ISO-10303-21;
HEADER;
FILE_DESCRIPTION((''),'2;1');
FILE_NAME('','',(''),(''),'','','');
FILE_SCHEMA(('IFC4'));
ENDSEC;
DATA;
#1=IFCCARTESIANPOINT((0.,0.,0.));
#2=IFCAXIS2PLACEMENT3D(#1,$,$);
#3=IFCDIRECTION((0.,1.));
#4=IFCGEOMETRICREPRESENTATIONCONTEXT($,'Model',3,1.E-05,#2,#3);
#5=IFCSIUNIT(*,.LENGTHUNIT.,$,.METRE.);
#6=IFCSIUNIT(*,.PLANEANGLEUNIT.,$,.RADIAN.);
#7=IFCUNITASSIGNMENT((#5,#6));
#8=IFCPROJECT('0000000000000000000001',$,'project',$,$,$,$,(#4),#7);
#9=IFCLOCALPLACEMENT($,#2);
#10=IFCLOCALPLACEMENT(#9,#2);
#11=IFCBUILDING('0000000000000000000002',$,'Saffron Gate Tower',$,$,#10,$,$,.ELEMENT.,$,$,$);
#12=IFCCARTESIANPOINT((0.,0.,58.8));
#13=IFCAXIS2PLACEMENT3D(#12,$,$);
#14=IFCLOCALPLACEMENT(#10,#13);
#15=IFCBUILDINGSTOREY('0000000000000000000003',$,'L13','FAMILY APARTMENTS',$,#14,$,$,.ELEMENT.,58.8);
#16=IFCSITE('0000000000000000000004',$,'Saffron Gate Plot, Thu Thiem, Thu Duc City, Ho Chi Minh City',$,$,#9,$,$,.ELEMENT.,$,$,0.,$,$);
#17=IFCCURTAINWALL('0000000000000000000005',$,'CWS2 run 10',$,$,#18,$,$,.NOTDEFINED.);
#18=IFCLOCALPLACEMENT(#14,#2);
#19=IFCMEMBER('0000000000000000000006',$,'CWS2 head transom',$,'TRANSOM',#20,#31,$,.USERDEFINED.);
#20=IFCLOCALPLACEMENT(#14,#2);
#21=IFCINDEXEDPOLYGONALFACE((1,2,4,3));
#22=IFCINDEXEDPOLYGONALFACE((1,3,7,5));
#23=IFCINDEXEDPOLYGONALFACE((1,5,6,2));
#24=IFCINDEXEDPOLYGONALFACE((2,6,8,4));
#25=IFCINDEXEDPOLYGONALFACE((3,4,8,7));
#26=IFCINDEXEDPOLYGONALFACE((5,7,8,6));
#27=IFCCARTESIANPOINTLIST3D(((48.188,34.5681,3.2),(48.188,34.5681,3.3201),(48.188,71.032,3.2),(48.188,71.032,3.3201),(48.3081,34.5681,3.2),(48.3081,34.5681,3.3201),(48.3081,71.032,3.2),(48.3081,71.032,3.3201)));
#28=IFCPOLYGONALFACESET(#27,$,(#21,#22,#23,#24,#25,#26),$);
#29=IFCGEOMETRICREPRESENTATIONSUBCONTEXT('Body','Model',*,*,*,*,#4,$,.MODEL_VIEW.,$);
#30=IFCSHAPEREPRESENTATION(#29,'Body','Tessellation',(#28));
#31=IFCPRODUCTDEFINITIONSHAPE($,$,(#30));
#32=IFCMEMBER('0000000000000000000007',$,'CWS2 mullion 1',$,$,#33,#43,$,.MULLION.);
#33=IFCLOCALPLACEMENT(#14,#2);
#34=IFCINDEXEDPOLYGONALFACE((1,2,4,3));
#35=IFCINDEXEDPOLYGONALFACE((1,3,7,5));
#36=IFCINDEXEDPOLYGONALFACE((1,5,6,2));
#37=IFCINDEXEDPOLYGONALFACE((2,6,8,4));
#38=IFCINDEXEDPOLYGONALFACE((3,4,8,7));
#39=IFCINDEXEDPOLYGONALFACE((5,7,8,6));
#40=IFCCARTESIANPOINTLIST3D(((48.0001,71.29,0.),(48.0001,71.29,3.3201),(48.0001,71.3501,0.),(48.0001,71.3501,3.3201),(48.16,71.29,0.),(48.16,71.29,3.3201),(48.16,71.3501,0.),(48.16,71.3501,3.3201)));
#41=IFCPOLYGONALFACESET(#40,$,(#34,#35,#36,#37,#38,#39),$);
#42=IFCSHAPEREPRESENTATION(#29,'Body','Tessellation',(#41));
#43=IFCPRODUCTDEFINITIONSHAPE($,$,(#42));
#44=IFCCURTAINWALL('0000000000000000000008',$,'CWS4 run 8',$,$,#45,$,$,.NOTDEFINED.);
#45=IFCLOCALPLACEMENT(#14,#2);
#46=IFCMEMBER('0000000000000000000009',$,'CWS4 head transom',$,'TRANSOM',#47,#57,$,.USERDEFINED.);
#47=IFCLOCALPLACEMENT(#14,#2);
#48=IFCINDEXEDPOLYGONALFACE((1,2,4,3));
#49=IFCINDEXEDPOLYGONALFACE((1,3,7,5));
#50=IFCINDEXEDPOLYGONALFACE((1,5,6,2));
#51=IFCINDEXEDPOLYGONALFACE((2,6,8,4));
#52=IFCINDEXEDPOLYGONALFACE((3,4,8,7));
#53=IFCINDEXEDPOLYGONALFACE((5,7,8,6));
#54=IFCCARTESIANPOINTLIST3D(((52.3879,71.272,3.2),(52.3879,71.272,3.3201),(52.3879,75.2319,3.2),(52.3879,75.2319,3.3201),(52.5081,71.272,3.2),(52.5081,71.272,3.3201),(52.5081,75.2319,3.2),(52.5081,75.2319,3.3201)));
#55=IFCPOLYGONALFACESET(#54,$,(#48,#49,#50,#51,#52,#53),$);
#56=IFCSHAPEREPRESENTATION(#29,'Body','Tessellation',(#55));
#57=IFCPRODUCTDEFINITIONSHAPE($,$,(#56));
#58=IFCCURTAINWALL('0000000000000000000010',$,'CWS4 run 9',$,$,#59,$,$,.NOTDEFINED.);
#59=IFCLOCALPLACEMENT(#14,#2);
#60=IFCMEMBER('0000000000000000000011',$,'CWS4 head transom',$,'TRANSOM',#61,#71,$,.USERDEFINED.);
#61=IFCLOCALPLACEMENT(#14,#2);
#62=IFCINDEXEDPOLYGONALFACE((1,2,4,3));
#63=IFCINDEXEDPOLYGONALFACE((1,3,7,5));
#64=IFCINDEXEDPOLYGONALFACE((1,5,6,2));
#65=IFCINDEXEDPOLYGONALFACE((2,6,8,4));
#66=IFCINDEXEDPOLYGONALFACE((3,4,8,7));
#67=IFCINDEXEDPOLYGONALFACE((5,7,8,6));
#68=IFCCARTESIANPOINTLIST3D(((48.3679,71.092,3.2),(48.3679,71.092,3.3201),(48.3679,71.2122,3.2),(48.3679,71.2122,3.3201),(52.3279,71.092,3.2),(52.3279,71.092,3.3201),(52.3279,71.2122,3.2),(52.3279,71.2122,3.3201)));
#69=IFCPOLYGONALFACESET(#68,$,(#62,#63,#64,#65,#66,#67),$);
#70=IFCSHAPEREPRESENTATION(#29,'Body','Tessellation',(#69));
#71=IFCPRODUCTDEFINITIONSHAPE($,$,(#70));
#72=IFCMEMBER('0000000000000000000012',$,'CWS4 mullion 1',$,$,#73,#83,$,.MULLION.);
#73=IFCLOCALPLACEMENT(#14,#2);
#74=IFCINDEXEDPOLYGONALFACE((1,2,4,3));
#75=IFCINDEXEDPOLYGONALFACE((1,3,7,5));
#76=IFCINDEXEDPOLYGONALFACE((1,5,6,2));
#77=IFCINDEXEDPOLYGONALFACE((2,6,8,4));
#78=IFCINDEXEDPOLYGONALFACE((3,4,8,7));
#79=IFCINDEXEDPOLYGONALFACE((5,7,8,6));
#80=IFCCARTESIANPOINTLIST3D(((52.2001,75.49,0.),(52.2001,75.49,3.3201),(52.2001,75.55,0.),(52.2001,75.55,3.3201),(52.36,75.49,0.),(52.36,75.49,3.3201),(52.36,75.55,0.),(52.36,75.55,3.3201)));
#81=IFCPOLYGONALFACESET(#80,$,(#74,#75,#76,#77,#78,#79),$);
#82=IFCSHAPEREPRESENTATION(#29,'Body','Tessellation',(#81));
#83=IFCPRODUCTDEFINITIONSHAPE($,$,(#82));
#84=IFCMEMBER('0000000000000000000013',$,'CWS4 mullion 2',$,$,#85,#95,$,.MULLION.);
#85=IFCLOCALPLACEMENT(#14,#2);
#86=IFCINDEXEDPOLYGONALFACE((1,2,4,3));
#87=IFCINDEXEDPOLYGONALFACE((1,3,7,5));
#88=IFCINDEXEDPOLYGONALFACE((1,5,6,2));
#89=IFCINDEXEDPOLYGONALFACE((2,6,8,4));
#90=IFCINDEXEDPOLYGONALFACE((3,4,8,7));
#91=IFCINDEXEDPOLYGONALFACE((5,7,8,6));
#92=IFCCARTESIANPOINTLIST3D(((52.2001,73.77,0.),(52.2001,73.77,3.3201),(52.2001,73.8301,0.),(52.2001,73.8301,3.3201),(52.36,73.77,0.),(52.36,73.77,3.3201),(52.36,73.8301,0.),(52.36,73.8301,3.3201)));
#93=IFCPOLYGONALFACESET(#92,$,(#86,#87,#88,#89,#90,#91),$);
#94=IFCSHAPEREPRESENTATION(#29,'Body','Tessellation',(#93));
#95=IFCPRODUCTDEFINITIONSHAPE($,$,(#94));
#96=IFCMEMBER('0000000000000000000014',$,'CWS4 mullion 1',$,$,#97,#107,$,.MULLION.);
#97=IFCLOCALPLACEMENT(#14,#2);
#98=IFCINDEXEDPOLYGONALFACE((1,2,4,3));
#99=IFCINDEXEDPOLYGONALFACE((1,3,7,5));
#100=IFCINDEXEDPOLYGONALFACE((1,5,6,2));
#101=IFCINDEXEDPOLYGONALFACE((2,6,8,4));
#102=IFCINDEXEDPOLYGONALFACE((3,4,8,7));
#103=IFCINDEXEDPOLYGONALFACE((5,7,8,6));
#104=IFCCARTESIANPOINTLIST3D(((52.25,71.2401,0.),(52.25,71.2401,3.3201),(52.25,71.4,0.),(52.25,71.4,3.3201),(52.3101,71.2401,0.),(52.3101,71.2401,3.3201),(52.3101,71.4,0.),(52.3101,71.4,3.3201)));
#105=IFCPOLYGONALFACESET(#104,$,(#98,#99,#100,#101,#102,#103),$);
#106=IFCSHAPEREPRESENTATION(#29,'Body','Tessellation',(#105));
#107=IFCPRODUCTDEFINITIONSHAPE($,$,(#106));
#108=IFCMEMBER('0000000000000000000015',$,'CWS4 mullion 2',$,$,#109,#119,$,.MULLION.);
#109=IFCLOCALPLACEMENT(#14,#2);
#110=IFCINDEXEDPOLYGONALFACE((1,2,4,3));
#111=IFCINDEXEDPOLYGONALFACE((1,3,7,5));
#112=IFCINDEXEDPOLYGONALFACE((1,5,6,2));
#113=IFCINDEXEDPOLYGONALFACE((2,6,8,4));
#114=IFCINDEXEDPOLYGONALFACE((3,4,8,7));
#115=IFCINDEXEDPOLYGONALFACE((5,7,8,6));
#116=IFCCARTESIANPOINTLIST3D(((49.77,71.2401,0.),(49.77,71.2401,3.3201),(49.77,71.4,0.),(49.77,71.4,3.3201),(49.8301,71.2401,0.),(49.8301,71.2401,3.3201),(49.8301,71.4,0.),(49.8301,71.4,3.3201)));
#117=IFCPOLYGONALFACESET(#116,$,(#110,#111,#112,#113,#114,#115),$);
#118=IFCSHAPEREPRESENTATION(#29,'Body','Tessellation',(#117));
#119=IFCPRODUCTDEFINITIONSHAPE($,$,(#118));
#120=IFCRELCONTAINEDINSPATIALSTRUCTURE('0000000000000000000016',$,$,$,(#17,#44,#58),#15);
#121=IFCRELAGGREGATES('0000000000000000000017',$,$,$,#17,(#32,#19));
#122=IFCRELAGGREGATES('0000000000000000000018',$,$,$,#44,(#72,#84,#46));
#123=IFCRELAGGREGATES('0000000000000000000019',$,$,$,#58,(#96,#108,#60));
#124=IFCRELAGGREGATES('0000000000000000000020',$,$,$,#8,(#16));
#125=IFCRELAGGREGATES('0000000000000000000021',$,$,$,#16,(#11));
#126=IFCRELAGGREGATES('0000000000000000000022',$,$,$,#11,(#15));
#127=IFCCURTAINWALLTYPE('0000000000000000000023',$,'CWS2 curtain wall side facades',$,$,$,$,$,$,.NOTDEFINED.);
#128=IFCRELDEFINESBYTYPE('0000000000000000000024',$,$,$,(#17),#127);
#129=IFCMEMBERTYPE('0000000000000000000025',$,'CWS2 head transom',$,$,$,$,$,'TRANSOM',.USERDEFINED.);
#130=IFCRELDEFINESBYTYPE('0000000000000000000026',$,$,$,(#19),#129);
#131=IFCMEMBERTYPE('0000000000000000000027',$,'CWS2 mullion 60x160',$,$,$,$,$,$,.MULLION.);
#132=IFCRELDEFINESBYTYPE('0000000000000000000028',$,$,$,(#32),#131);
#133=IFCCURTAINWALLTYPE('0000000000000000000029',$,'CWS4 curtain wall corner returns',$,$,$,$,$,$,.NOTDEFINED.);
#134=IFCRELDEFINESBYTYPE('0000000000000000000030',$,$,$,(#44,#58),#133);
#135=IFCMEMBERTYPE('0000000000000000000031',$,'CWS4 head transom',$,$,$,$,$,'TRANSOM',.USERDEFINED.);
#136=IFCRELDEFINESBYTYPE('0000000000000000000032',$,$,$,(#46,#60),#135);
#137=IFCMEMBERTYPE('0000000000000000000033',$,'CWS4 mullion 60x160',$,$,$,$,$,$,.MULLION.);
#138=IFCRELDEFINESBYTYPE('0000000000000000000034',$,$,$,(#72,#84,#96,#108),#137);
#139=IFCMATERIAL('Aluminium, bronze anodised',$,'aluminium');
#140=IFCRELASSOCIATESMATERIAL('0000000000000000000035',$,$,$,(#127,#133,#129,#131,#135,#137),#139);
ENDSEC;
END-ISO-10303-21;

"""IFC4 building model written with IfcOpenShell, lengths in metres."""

from ifc_helpers import new_model, si_unit, direction, frame, origin, origin_2d, place, context, subcontext, project, spatial, rectangle, extrude, material, material_profile, profile_set, type_object, element, aggregate, save


model = new_model("IFC4")

# Units and contexts
model_context = context("Model", 3, precision=1e-05, world=origin(), true_north=direction((0.0, 1.0)))
body_context = subcontext(model_context, "Body", "Model", "MODEL_VIEW")
ifc_project = project(units=[si_unit("LENGTHUNIT", "METRE"), si_unit("PLANEANGLEUNIT", "RADIAN")], contexts=[model_context])

# Site, building, storey
site_placement = place(None, origin())
site = spatial("IfcSite", under=ifc_project, at=site_placement, Name="Saffron Gate Plot, Thu Thiem, Thu Duc City, Ho Chi Minh City", CompositionType="ELEMENT", RefElevation=0.0)
building_placement = place(site_placement, origin())
building = spatial("IfcBuilding", under=site, at=building_placement, Name="Saffron Gate Tower", CompositionType="ELEMENT")
storey_placement = place(building_placement, frame((0.0, 0.0, 58.8)))
storey = spatial("IfcBuildingStorey", under=building, at=storey_placement, Name="L13", Description="FAMILY APARTMENTS", CompositionType="ELEMENT", Elevation=58.8)

# Curtain wall, members
ifc_material_1 = material(Name="Aluminium, bronze anodised", Category="aluminium")
curtain_wall_type_1 = type_object("IfcCurtainWallType", Name="CWS2 curtain wall side facades", PredefinedType="NOTDEFINED", material=ifc_material_1)
curtain_wall_1_placement = place(storey_placement, origin())
curtain_wall_1 = element("IfcCurtainWall", 1, at=curtain_wall_1_placement, inside=storey, type_object=curtain_wall_type_1, Name="CWS2 run 10", PredefinedType="NOTDEFINED")
ifc_material_profile_1 = material_profile(ifc_material_1, rectangle(XDim=0.1201, YDim=0.1201, at=origin_2d()))
ifc_profile_set_1 = profile_set([ifc_material_profile_1], Name="Aluminium, bronze anodised")
member_type_1 = type_object("IfcMemberType", Name="CWS2 head transom", ElementType="TRANSOM", PredefinedType="USERDEFINED", material=ifc_profile_set_1)
member_1_placement = place(storey_placement, frame((48.248, 71.032, 3.26), z_axis=(0.0, -1.0, 0.0), x_axis=(1.0, 0.0, 0.0)))
member_1 = element("IfcMember", 2, at=member_1_placement, type_object=member_type_1, Name="CWS2 head transom", ObjectType="TRANSOM", PredefinedType="USERDEFINED", context=body_context, shape_type="SweptSolid", body=[
    extrude(rectangle(XDim=0.1201, YDim=0.1201, at=origin_2d()), origin(), (0.0, 0.0, 1.0), 36.4639),
])
ifc_material_profile_2 = material_profile(ifc_material_1, rectangle(XDim=0.1599, YDim=0.0601, at=origin_2d()))
ifc_profile_set_2 = profile_set([ifc_material_profile_2], Name="Aluminium, bronze anodised")
member_type_2 = type_object("IfcMemberType", Name="CWS2 mullion 60x160", PredefinedType="MULLION", material=ifc_profile_set_2)
member_2_placement = place(storey_placement, frame((48.0801, 71.3201, 0.0), z_axis=(0.0, 0.0, 1.0), x_axis=(1.0, 0.0, 0.0)))
member_2 = element("IfcMember", 3, at=member_2_placement, type_object=member_type_2, Name="CWS2 mullion 1", PredefinedType="MULLION", context=body_context, shape_type="SweptSolid", body=[
    extrude(rectangle(XDim=0.1599, YDim=0.0601, at=origin_2d()), origin(), (0.0, 0.0, 1.0), 3.3201),
])

# Curtain walls, members
curtain_wall_type_2 = type_object("IfcCurtainWallType", Name="CWS4 curtain wall corner returns", PredefinedType="NOTDEFINED", material=ifc_material_1)
curtain_wall_2_placement = place(storey_placement, origin())
curtain_wall_2 = element("IfcCurtainWall", 4, at=curtain_wall_2_placement, inside=storey, type_object=curtain_wall_type_2, Name="CWS4 run 8", PredefinedType="NOTDEFINED")
ifc_material_profile_3 = material_profile(ifc_material_1, rectangle(XDim=0.1201, YDim=0.1201, at=origin_2d()))
ifc_profile_set_3 = profile_set([ifc_material_profile_3], Name="Aluminium, bronze anodised")
member_type_3 = type_object("IfcMemberType", Name="CWS4 head transom", ElementType="TRANSOM", PredefinedType="USERDEFINED", material=ifc_profile_set_3)
member_3_placement = place(storey_placement, frame((52.448, 75.2319, 3.26), z_axis=(0.0, -1.0, 0.0), x_axis=(1.0, 0.0, 0.0)))
member_3 = element("IfcMember", 5, at=member_3_placement, type_object=member_type_3, Name="CWS4 head transom", ObjectType="TRANSOM", PredefinedType="USERDEFINED", context=body_context, shape_type="SweptSolid", body=[
    extrude(rectangle(XDim=0.1201, YDim=0.1201, at=origin_2d()), origin(), (0.0, 0.0, 1.0), 3.96),
])
curtain_wall_3_placement = place(storey_placement, origin())
curtain_wall_3 = element("IfcCurtainWall", 6, at=curtain_wall_3_placement, inside=storey, type_object=curtain_wall_type_2, Name="CWS4 run 9", PredefinedType="NOTDEFINED")
member_4_placement = place(storey_placement, frame((52.3279, 71.1521, 3.26), z_axis=(-1.0, 0.0, 0.0), x_axis=(0.0, -1.0, 0.0)))
member_4 = element("IfcMember", 7, at=member_4_placement, type_object=member_type_3, Name="CWS4 head transom", ObjectType="TRANSOM", PredefinedType="USERDEFINED", context=body_context, shape_type="SweptSolid", body=[
    extrude(rectangle(XDim=0.1201, YDim=0.1201, at=origin_2d()), origin(), (0.0, 0.0, 1.0), 3.96),
])

# Members
ifc_material_profile_4 = material_profile(ifc_material_1, rectangle(XDim=0.1599, YDim=0.0601, at=origin_2d()))
ifc_profile_set_4 = profile_set([ifc_material_profile_4], Name="Aluminium, bronze anodised")
member_type_4 = type_object("IfcMemberType", Name="CWS4 mullion 60x160", PredefinedType="MULLION", material=ifc_profile_set_4)
member_5_placement = place(storey_placement, frame((52.28, 75.52, 0.0), z_axis=(0.0, 0.0, 1.0), x_axis=(1.0, 0.0, 0.0)))
member_5 = element("IfcMember", 8, at=member_5_placement, type_object=member_type_4, Name="CWS4 mullion 1", PredefinedType="MULLION", context=body_context, shape_type="SweptSolid", body=[
    extrude(rectangle(XDim=0.1599, YDim=0.0601, at=origin_2d()), origin(), (0.0, 0.0, 1.0), 3.3201),
])
member_6_placement = place(storey_placement, frame((52.28, 73.8, 0.0), z_axis=(0.0, 0.0, 1.0), x_axis=(1.0, 0.0, 0.0)))
member_6 = element("IfcMember", 9, at=member_6_placement, type_object=member_type_4, Name="CWS4 mullion 2", PredefinedType="MULLION", context=body_context, shape_type="SweptSolid", body=[
    extrude(rectangle(XDim=0.1599, YDim=0.0601, at=origin_2d()), origin(), (0.0, 0.0, 1.0), 3.3201),
])
member_7_placement = place(storey_placement, frame((52.28, 71.3201, 0.0), z_axis=(0.0, 0.0, 1.0), x_axis=(0.0, -1.0, 0.0)))
member_7 = element("IfcMember", 10, at=member_7_placement, type_object=member_type_4, Name="CWS4 mullion 1", PredefinedType="MULLION", context=body_context, shape_type="SweptSolid", body=[
    extrude(rectangle(XDim=0.1599, YDim=0.0601, at=origin_2d()), origin(), (0.0, 0.0, 1.0), 3.3201),
])
member_8_placement = place(storey_placement, frame((49.8, 71.3201, 0.0), z_axis=(0.0, 0.0, 1.0), x_axis=(0.0, -1.0, 0.0)))
member_8 = element("IfcMember", 11, at=member_8_placement, type_object=member_type_4, Name="CWS4 mullion 2", PredefinedType="MULLION", context=body_context, shape_type="SweptSolid", body=[
    extrude(rectangle(XDim=0.1599, YDim=0.0601, at=origin_2d()), origin(), (0.0, 0.0, 1.0), 3.3201),
])

aggregate(curtain_wall_1, [member_2, member_1])

aggregate(curtain_wall_2, [member_5, member_6, member_3])
aggregate(curtain_wall_3, [member_7, member_8, member_4])

save(model, "model.ifc")
